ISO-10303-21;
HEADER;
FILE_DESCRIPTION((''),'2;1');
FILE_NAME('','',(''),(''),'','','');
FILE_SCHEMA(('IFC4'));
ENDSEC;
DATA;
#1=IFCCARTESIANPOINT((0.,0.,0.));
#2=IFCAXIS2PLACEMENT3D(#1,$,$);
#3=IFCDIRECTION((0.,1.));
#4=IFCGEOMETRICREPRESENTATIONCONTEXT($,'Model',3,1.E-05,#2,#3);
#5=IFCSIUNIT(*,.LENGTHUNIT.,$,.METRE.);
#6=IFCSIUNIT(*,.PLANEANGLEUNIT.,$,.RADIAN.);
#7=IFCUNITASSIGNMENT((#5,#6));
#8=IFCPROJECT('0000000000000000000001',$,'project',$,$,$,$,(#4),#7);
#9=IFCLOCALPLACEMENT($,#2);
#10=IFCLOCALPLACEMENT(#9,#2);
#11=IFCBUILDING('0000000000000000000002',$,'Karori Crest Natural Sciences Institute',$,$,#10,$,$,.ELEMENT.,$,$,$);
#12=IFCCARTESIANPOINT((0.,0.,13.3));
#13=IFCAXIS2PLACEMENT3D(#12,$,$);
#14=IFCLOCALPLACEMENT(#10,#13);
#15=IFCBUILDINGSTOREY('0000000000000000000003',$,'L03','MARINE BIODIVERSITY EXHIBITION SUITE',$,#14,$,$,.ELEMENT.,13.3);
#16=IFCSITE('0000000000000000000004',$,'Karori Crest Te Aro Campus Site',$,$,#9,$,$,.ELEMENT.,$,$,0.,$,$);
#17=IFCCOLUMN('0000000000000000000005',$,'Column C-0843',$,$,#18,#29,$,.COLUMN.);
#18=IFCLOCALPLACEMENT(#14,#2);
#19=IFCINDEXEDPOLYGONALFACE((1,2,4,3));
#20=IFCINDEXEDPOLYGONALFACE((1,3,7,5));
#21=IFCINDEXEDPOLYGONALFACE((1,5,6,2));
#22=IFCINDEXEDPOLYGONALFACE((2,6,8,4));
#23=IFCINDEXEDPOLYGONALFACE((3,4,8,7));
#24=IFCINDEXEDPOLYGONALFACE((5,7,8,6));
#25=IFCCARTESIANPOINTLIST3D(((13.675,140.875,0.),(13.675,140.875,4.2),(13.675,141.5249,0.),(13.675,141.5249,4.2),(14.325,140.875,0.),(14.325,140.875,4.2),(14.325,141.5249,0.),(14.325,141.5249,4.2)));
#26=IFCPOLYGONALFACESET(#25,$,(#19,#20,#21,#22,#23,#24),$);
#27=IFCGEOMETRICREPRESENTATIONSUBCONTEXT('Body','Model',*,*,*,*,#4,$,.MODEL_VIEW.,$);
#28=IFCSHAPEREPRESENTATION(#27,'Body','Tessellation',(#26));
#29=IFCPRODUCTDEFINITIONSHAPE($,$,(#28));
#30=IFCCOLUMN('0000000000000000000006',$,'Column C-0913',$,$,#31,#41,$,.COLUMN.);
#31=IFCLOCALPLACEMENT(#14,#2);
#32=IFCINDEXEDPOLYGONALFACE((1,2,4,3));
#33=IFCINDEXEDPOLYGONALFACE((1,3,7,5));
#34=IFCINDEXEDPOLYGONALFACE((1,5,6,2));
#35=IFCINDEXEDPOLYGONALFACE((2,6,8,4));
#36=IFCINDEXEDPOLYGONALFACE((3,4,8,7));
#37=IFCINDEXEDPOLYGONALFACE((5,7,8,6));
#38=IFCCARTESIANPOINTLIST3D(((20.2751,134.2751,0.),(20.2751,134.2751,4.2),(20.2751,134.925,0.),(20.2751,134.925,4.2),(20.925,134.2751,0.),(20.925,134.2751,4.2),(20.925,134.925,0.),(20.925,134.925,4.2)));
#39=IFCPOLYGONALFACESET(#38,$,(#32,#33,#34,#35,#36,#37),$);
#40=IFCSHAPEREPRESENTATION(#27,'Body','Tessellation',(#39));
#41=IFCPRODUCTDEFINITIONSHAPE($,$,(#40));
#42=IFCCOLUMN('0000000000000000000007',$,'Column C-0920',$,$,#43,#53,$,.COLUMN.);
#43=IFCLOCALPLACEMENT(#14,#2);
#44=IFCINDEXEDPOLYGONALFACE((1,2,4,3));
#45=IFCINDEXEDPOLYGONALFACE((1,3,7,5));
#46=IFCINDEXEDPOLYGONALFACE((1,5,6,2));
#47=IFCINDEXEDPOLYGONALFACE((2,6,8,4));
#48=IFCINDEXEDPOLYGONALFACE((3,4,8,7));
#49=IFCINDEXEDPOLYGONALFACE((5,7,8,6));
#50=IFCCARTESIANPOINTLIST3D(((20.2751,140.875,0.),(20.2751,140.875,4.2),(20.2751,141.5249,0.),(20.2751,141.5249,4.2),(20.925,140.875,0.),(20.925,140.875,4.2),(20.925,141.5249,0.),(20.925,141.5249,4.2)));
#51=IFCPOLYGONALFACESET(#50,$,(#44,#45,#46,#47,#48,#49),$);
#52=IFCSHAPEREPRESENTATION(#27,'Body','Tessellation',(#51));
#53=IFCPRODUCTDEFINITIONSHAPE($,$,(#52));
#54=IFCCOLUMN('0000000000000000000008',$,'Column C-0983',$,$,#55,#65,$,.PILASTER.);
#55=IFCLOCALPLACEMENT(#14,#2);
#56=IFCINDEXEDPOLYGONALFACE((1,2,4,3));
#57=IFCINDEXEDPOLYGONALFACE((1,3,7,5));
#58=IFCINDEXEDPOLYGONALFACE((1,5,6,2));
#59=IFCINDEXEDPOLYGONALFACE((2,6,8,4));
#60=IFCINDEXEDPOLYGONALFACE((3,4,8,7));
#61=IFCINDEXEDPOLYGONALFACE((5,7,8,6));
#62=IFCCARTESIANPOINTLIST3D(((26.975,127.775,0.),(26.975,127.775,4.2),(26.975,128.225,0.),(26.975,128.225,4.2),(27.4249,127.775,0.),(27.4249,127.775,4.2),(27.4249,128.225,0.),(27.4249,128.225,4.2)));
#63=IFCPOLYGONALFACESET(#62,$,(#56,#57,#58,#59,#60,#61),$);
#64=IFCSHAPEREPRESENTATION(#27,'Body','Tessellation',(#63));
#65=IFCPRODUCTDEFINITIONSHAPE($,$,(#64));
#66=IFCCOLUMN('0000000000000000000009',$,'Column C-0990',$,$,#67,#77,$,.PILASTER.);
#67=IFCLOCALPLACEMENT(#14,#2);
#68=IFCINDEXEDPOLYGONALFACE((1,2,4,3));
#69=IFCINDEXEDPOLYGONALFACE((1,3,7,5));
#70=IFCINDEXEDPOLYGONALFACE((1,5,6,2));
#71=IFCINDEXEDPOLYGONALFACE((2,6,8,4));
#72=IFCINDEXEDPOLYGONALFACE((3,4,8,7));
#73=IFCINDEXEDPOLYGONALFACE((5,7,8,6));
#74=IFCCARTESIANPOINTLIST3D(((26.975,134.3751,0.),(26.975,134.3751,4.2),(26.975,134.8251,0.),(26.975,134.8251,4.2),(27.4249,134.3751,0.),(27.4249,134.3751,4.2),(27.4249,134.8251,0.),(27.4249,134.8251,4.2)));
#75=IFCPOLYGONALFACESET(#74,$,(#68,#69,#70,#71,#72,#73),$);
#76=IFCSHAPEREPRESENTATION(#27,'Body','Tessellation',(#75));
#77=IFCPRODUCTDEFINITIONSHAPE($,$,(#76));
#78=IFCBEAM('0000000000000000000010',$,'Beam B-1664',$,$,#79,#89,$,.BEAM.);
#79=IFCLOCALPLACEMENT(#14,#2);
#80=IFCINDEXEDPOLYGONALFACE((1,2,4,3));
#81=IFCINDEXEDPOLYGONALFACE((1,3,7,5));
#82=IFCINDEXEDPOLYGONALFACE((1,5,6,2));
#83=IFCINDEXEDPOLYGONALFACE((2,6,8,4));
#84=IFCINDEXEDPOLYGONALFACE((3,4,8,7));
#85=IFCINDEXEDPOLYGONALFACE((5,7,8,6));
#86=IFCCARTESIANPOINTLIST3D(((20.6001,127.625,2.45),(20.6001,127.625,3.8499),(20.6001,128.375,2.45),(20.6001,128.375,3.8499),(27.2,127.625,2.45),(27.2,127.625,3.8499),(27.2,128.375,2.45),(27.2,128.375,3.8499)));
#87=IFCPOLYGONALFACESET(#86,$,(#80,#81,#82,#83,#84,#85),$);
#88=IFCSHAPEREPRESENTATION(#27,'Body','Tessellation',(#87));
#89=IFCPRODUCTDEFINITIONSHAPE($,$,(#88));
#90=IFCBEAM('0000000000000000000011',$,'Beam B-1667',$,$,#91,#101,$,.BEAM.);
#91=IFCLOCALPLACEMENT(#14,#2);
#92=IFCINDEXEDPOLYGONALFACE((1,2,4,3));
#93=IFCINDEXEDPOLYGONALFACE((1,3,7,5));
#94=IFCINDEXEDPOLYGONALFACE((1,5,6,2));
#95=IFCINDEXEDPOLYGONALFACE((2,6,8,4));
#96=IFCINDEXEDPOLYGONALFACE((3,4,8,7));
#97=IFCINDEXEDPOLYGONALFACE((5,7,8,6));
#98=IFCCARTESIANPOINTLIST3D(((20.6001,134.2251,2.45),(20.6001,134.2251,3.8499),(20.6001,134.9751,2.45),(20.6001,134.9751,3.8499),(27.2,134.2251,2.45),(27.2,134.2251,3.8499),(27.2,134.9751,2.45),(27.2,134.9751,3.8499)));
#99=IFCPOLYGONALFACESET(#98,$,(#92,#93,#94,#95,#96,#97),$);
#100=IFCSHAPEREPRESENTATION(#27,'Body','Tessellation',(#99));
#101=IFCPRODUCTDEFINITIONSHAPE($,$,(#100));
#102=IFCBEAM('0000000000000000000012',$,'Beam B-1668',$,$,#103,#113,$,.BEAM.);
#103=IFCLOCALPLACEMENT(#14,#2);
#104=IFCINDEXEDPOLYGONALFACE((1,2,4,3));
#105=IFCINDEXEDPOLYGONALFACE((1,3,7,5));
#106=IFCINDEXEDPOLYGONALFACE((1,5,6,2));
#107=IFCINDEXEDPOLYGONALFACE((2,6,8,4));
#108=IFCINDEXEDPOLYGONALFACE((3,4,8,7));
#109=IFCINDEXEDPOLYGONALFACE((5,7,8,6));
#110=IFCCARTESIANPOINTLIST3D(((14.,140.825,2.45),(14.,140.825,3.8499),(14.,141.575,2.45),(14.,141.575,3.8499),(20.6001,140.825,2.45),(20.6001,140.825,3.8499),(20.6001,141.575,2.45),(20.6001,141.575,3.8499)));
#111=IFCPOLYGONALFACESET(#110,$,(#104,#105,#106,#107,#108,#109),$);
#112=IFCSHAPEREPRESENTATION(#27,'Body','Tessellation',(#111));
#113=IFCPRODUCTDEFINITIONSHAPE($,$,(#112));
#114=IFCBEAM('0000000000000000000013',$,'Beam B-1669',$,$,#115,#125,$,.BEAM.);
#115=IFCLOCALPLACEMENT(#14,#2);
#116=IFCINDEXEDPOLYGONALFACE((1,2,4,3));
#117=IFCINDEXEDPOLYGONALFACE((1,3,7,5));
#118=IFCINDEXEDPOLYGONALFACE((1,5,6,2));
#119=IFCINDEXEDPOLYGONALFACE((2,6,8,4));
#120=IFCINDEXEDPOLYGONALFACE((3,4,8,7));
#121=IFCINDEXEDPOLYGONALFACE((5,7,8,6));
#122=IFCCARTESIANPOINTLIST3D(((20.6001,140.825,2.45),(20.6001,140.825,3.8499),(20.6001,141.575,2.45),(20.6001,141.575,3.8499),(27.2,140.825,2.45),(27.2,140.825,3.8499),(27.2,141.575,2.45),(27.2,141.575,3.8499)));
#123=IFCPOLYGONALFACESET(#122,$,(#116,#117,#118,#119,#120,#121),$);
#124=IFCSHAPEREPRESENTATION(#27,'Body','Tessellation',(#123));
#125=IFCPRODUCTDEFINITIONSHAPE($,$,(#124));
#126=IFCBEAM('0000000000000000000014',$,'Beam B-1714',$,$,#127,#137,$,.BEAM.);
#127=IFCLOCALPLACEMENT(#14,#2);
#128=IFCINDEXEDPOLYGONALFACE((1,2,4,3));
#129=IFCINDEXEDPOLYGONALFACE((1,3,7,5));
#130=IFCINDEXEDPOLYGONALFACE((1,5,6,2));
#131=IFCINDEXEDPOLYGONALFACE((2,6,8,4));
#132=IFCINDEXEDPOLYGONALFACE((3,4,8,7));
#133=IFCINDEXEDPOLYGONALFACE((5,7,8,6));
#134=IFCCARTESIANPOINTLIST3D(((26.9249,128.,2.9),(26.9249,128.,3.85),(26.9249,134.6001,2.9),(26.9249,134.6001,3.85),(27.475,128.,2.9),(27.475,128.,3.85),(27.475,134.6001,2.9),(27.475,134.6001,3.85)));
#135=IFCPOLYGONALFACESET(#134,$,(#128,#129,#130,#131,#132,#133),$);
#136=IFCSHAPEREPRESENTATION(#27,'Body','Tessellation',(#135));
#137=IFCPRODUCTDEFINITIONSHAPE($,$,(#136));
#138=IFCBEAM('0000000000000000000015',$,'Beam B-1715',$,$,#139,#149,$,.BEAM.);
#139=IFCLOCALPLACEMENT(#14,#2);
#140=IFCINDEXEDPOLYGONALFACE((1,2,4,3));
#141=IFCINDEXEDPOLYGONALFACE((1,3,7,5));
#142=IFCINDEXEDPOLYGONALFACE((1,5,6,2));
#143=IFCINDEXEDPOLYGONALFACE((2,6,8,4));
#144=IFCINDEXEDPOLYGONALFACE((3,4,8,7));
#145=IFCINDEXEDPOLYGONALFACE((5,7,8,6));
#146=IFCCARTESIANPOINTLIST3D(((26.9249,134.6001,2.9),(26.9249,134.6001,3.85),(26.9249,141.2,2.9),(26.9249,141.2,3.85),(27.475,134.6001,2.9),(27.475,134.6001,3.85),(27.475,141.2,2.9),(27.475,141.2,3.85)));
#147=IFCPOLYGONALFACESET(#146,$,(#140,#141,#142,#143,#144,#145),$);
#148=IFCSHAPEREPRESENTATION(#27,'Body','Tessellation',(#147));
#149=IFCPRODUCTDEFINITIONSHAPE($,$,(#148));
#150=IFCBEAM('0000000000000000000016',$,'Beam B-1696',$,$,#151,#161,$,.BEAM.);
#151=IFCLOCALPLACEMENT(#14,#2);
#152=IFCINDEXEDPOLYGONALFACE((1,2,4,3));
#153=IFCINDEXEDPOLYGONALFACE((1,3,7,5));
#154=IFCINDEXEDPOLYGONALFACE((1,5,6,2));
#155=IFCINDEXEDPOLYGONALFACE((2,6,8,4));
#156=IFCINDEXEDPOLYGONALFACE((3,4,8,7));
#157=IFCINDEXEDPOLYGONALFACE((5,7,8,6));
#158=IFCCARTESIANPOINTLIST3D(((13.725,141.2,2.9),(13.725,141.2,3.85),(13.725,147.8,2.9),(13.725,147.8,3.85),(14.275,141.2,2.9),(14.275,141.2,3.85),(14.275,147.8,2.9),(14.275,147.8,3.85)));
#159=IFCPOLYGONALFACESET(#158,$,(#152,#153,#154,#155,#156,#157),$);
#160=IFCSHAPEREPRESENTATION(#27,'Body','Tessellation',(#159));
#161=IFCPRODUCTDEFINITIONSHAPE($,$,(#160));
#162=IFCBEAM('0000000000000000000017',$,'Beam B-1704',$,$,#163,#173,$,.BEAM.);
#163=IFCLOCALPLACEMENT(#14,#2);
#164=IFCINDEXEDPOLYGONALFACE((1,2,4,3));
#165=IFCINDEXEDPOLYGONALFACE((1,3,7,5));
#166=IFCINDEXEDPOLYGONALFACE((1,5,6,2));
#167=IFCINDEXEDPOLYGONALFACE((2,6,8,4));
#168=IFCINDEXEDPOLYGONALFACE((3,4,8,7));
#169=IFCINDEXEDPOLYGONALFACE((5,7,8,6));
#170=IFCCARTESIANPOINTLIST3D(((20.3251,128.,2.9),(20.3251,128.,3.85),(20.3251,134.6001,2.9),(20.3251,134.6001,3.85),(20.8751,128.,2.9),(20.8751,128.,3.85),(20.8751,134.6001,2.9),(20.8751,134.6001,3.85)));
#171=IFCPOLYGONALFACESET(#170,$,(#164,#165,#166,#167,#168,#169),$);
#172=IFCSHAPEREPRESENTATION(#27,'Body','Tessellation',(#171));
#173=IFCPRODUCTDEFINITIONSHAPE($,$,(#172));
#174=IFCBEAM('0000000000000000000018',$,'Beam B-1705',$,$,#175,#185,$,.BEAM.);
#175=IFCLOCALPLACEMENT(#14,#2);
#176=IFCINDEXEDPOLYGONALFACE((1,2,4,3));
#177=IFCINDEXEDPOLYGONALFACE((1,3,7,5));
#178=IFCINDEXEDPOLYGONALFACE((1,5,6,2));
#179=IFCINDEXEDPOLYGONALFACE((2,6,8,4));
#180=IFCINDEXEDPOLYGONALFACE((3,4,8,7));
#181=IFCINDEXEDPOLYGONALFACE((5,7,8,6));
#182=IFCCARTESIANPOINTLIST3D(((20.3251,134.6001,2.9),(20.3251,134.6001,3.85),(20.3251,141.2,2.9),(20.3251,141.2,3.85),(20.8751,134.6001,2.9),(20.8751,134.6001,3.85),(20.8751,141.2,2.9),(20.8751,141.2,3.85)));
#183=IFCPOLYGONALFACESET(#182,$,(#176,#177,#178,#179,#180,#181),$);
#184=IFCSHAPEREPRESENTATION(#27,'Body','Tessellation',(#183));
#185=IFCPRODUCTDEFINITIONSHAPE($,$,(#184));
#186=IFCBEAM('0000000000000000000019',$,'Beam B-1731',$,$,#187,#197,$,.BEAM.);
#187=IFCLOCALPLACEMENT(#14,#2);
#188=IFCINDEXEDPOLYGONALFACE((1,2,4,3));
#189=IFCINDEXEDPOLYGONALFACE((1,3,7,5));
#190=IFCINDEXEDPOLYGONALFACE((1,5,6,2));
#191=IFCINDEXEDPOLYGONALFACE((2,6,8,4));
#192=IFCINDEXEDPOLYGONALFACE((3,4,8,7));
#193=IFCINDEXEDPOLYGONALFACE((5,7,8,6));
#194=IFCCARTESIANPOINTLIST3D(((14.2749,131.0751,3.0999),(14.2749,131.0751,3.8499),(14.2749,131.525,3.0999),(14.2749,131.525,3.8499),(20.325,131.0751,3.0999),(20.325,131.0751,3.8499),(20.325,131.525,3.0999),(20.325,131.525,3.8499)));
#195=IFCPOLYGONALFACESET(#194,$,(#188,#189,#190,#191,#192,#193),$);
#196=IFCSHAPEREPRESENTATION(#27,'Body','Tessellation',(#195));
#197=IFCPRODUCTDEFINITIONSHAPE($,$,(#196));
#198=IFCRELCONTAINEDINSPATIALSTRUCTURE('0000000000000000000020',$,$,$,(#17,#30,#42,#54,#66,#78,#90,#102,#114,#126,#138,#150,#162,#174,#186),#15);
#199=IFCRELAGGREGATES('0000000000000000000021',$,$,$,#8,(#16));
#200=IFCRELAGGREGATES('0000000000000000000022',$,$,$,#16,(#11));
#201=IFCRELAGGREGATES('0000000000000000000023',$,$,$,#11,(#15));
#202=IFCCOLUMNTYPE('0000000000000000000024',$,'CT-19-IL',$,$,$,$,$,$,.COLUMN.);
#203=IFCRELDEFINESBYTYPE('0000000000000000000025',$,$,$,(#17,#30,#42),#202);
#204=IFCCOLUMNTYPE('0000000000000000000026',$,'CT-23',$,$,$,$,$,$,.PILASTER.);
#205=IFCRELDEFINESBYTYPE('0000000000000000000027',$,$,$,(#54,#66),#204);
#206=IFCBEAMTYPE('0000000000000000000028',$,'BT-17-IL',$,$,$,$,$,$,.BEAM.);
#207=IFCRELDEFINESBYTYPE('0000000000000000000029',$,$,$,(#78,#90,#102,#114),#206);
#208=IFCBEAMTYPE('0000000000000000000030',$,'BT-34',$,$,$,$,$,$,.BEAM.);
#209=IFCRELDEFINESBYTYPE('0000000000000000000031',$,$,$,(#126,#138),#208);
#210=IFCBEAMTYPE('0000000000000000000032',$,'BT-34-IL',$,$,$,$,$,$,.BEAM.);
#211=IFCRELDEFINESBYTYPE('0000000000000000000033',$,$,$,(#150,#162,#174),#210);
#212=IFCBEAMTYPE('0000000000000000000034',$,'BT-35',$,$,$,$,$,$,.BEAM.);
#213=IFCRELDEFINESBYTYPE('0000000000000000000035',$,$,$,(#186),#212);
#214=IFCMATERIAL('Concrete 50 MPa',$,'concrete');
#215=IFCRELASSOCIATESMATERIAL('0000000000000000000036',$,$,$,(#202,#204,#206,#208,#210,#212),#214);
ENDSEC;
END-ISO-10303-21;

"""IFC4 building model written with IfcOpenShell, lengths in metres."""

from ifc_helpers import new_model, si_unit, direction, frame, origin, origin_2d, place, context, subcontext, project, spatial, rectangle, extrude, material, material_profile, profile_set, type_object, element, save


model = new_model("IFC4")

# Units and contexts
model_context = context("Model", 3, precision=1e-05, world=origin(), true_north=direction((0.0, 1.0)))
body_context = subcontext(model_context, "Body", "Model", "MODEL_VIEW")
ifc_project = project(units=[si_unit("LENGTHUNIT", "METRE"), si_unit("PLANEANGLEUNIT", "RADIAN")], contexts=[model_context])

# Site, building, storey
site_placement = place(None, origin())
site = spatial("IfcSite", under=ifc_project, at=site_placement, Name="Karori Crest Te Aro Campus Site", CompositionType="ELEMENT", RefElevation=0.0)
building_placement = place(site_placement, origin())
building = spatial("IfcBuilding", under=site, at=building_placement, Name="Karori Crest Natural Sciences Institute", CompositionType="ELEMENT")
storey_placement = place(building_placement, frame((0.0, 0.0, 13.3)))
storey = spatial("IfcBuildingStorey", under=building, at=storey_placement, Name="L03", Description="MARINE BIODIVERSITY EXHIBITION SUITE", CompositionType="ELEMENT", Elevation=13.3)

# Columns
ifc_material_1 = material(Name="Concrete 50 MPa", Category="concrete")
ifc_material_profile_1 = material_profile(ifc_material_1, rectangle(XDim=0.6499, YDim=0.6499, at=origin_2d()), Name="RC650x650")
ifc_profile_set_1 = profile_set([ifc_material_profile_1], Name="Concrete 50 MPa")
column_type_1 = type_object("IfcColumnType", Name="CT-19-IL", PredefinedType="COLUMN", material=ifc_profile_set_1)
for number, where, z_axis, x_axis, name in (
    (1, (14.0, 141.2, 0.0), (0.0, 0.0, 1.0), (1.0, 0.0, 0.0), "Column C-0843"),
    (2, (20.6001, 134.6001, 0.0), (0.0, 0.0, 1.0), (1.0, 0.0, 0.0), "Column C-0913"),
    (3, (20.6001, 141.2, 0.0), (0.0, 0.0, 1.0), (1.0, 0.0, 0.0), "Column C-0920"),
):
    element("IfcColumn", number, at=place(storey_placement, frame(where, z_axis=z_axis, x_axis=x_axis)), inside=storey, type_object=column_type_1, Name=name, PredefinedType="COLUMN", context=body_context, shape_type="SweptSolid", body=[
        extrude(rectangle(XDim=0.6499, YDim=0.6499, at=origin_2d()), origin(), (0.0, 0.0, 1.0), 4.2),
    ])
ifc_material_profile_2 = material_profile(ifc_material_1, rectangle(XDim=0.45, YDim=0.45, at=origin_2d()), Name="RC450x450")
ifc_profile_set_2 = profile_set([ifc_material_profile_2], Name="Concrete 50 MPa")
column_type_2 = type_object("IfcColumnType", Name="CT-23", PredefinedType="PILASTER", material=ifc_profile_set_2)
for number, where, z_axis, x_axis, name in (
    (4, (27.2, 128.0, 0.0), (0.0, 0.0, 1.0), (1.0, 0.0, 0.0), "Column C-0983"),
    (5, (27.2, 134.6001, 0.0), (0.0, 0.0, 1.0), (1.0, 0.0, 0.0), "Column C-0990"),
):
    element("IfcColumn", number, at=place(storey_placement, frame(where, z_axis=z_axis, x_axis=x_axis)), inside=storey, type_object=column_type_2, Name=name, PredefinedType="PILASTER", context=body_context, shape_type="SweptSolid", body=[
        extrude(rectangle(XDim=0.45, YDim=0.45, at=origin_2d()), origin(), (0.0, 0.0, 1.0), 4.2),
    ])

# Beams
ifc_material_profile_3 = material_profile(ifc_material_1, rectangle(XDim=0.75, YDim=1.3999, at=origin_2d()), Name="RCB750x1400")
ifc_profile_set_3 = profile_set([ifc_material_profile_3], Name="Concrete 50 MPa")
beam_type_1 = type_object("IfcBeamType", Name="BT-17-IL", PredefinedType="BEAM", material=ifc_profile_set_3)
for number, where, z_axis, x_axis, name in (
    (6, (20.6001, 128.0, 3.1499), (1.0, 0.0, 0.0), (0.0, 1.0, 0.0), "Beam B-1664"),
    (7, (20.6001, 134.6001, 3.1499), (1.0, 0.0, 0.0), (0.0, 1.0, 0.0), "Beam B-1667"),
):
    element("IfcBeam", number, at=place(storey_placement, frame(where, z_axis=z_axis, x_axis=x_axis)), inside=storey, type_object=beam_type_1, Name=name, PredefinedType="BEAM", context=body_context, shape_type="SweptSolid", body=[
        extrude(rectangle(XDim=0.75, YDim=1.3999, at=origin_2d()), origin(), (0.0, 0.0, 1.0), 6.5999),
    ])
beam_1_placement = place(storey_placement, frame((14.0, 141.2, 3.1499), z_axis=(1.0, 0.0, 0.0), x_axis=(0.0, 1.0, 0.0)))
element("IfcBeam", 8, at=beam_1_placement, inside=storey, type_object=beam_type_1, Name="Beam B-1668", PredefinedType="BEAM", context=body_context, shape_type="SweptSolid", body=[
    extrude(rectangle(XDim=0.75, YDim=1.3999, at=origin_2d()), origin(), (0.0, 0.0, 1.0), 6.6001),
])
beam_2_placement = place(storey_placement, frame((20.6001, 141.2, 3.1499), z_axis=(1.0, 0.0, 0.0), x_axis=(0.0, 1.0, 0.0)))
element("IfcBeam", 9, at=beam_2_placement, inside=storey, type_object=beam_type_1, Name="Beam B-1669", PredefinedType="BEAM", context=body_context, shape_type="SweptSolid", body=[
    extrude(rectangle(XDim=0.75, YDim=1.3999, at=origin_2d()), origin(), (0.0, 0.0, 1.0), 6.5999),
])
ifc_material_profile_4 = material_profile(ifc_material_1, rectangle(XDim=0.55, YDim=0.95, at=origin_2d()), Name="RCB550x950")
ifc_profile_set_4 = profile_set([ifc_material_profile_4], Name="Concrete 50 MPa")
beam_type_2 = type_object("IfcBeamType", Name="BT-34", PredefinedType="BEAM", material=ifc_profile_set_4)
beam_3_placement = place(storey_placement, frame((27.2, 128.0, 3.375), z_axis=(0.0, 1.0, 0.0), x_axis=(-1.0, 0.0, 0.0)))
element("IfcBeam", 10, at=beam_3_placement, inside=storey, type_object=beam_type_2, Name="Beam B-1714", PredefinedType="BEAM", context=body_context, shape_type="SweptSolid", body=[
    extrude(rectangle(XDim=0.55, YDim=0.95, at=origin_2d()), origin(), (0.0, 0.0, 1.0), 6.6001),
])
beam_4_placement = place(storey_placement, frame((27.2, 134.6001, 3.375), z_axis=(0.0, 1.0, 0.0), x_axis=(-1.0, 0.0, 0.0)))
element("IfcBeam", 11, at=beam_4_placement, inside=storey, type_object=beam_type_2, Name="Beam B-1715", PredefinedType="BEAM", context=body_context, shape_type="SweptSolid", body=[
    extrude(rectangle(XDim=0.55, YDim=0.95, at=origin_2d()), origin(), (0.0, 0.0, 1.0), 6.5999),
])
ifc_material_profile_5 = material_profile(ifc_material_1, rectangle(XDim=0.55, YDim=0.95, at=origin_2d()), Name="RCB550x950")
ifc_profile_set_5 = profile_set([ifc_material_profile_5], Name="Concrete 50 MPa")
beam_type_3 = type_object("IfcBeamType", Name="BT-34-IL", PredefinedType="BEAM", material=ifc_profile_set_5)
for number, where, z_axis, x_axis, name in (
    (12, (14.0, 141.2, 3.375), (0.0, 1.0, 0.0), (-1.0, 0.0, 0.0), "Beam B-1696"),
    (13, (20.6001, 128.0, 3.375), (0.0, 1.0, 0.0), (-1.0, 0.0, 0.0), "Beam B-1704"),
):
    element("IfcBeam", number, at=place(storey_placement, frame(where, z_axis=z_axis, x_axis=x_axis)), inside=storey, type_object=beam_type_3, Name=name, PredefinedType="BEAM", context=body_context, shape_type="SweptSolid", body=[
        extrude(rectangle(XDim=0.55, YDim=0.95, at=origin_2d()), origin(), (0.0, 0.0, 1.0), 6.6001),
    ])
beam_5_placement = place(storey_placement, frame((20.6001, 134.6001, 3.375), z_axis=(0.0, 1.0, 0.0), x_axis=(-1.0, 0.0, 0.0)))
element("IfcBeam", 14, at=beam_5_placement, inside=storey, type_object=beam_type_3, Name="Beam B-1705", PredefinedType="BEAM", context=body_context, shape_type="SweptSolid", body=[
    extrude(rectangle(XDim=0.55, YDim=0.95, at=origin_2d()), origin(), (0.0, 0.0, 1.0), 6.5999),
])
ifc_material_profile_6 = material_profile(ifc_material_1, rectangle(XDim=0.45, YDim=0.75, at=origin_2d()), Name="RCB450x750")
ifc_profile_set_6 = profile_set([ifc_material_profile_6], Name="Concrete 50 MPa")
beam_type_4 = type_object("IfcBeamType", Name="BT-35", PredefinedType="BEAM", material=ifc_profile_set_6)
for number, where, z_axis, x_axis, name in (
    (15, (14.2749, 131.3, 3.4749), (1.0, 0.0, 0.0), (0.0, 1.0, 0.0), "Beam B-1731"),
):
    element("IfcBeam", number, at=place(storey_placement, frame(where, z_axis=z_axis, x_axis=x_axis)), inside=storey, type_object=beam_type_4, Name=name, PredefinedType="BEAM", context=body_context, shape_type="SweptSolid", body=[
        extrude(rectangle(XDim=0.45, YDim=0.75, at=origin_2d()), origin(), (0.0, 0.0, 1.0), 6.05),
    ])

save(model, "model.ifc")
